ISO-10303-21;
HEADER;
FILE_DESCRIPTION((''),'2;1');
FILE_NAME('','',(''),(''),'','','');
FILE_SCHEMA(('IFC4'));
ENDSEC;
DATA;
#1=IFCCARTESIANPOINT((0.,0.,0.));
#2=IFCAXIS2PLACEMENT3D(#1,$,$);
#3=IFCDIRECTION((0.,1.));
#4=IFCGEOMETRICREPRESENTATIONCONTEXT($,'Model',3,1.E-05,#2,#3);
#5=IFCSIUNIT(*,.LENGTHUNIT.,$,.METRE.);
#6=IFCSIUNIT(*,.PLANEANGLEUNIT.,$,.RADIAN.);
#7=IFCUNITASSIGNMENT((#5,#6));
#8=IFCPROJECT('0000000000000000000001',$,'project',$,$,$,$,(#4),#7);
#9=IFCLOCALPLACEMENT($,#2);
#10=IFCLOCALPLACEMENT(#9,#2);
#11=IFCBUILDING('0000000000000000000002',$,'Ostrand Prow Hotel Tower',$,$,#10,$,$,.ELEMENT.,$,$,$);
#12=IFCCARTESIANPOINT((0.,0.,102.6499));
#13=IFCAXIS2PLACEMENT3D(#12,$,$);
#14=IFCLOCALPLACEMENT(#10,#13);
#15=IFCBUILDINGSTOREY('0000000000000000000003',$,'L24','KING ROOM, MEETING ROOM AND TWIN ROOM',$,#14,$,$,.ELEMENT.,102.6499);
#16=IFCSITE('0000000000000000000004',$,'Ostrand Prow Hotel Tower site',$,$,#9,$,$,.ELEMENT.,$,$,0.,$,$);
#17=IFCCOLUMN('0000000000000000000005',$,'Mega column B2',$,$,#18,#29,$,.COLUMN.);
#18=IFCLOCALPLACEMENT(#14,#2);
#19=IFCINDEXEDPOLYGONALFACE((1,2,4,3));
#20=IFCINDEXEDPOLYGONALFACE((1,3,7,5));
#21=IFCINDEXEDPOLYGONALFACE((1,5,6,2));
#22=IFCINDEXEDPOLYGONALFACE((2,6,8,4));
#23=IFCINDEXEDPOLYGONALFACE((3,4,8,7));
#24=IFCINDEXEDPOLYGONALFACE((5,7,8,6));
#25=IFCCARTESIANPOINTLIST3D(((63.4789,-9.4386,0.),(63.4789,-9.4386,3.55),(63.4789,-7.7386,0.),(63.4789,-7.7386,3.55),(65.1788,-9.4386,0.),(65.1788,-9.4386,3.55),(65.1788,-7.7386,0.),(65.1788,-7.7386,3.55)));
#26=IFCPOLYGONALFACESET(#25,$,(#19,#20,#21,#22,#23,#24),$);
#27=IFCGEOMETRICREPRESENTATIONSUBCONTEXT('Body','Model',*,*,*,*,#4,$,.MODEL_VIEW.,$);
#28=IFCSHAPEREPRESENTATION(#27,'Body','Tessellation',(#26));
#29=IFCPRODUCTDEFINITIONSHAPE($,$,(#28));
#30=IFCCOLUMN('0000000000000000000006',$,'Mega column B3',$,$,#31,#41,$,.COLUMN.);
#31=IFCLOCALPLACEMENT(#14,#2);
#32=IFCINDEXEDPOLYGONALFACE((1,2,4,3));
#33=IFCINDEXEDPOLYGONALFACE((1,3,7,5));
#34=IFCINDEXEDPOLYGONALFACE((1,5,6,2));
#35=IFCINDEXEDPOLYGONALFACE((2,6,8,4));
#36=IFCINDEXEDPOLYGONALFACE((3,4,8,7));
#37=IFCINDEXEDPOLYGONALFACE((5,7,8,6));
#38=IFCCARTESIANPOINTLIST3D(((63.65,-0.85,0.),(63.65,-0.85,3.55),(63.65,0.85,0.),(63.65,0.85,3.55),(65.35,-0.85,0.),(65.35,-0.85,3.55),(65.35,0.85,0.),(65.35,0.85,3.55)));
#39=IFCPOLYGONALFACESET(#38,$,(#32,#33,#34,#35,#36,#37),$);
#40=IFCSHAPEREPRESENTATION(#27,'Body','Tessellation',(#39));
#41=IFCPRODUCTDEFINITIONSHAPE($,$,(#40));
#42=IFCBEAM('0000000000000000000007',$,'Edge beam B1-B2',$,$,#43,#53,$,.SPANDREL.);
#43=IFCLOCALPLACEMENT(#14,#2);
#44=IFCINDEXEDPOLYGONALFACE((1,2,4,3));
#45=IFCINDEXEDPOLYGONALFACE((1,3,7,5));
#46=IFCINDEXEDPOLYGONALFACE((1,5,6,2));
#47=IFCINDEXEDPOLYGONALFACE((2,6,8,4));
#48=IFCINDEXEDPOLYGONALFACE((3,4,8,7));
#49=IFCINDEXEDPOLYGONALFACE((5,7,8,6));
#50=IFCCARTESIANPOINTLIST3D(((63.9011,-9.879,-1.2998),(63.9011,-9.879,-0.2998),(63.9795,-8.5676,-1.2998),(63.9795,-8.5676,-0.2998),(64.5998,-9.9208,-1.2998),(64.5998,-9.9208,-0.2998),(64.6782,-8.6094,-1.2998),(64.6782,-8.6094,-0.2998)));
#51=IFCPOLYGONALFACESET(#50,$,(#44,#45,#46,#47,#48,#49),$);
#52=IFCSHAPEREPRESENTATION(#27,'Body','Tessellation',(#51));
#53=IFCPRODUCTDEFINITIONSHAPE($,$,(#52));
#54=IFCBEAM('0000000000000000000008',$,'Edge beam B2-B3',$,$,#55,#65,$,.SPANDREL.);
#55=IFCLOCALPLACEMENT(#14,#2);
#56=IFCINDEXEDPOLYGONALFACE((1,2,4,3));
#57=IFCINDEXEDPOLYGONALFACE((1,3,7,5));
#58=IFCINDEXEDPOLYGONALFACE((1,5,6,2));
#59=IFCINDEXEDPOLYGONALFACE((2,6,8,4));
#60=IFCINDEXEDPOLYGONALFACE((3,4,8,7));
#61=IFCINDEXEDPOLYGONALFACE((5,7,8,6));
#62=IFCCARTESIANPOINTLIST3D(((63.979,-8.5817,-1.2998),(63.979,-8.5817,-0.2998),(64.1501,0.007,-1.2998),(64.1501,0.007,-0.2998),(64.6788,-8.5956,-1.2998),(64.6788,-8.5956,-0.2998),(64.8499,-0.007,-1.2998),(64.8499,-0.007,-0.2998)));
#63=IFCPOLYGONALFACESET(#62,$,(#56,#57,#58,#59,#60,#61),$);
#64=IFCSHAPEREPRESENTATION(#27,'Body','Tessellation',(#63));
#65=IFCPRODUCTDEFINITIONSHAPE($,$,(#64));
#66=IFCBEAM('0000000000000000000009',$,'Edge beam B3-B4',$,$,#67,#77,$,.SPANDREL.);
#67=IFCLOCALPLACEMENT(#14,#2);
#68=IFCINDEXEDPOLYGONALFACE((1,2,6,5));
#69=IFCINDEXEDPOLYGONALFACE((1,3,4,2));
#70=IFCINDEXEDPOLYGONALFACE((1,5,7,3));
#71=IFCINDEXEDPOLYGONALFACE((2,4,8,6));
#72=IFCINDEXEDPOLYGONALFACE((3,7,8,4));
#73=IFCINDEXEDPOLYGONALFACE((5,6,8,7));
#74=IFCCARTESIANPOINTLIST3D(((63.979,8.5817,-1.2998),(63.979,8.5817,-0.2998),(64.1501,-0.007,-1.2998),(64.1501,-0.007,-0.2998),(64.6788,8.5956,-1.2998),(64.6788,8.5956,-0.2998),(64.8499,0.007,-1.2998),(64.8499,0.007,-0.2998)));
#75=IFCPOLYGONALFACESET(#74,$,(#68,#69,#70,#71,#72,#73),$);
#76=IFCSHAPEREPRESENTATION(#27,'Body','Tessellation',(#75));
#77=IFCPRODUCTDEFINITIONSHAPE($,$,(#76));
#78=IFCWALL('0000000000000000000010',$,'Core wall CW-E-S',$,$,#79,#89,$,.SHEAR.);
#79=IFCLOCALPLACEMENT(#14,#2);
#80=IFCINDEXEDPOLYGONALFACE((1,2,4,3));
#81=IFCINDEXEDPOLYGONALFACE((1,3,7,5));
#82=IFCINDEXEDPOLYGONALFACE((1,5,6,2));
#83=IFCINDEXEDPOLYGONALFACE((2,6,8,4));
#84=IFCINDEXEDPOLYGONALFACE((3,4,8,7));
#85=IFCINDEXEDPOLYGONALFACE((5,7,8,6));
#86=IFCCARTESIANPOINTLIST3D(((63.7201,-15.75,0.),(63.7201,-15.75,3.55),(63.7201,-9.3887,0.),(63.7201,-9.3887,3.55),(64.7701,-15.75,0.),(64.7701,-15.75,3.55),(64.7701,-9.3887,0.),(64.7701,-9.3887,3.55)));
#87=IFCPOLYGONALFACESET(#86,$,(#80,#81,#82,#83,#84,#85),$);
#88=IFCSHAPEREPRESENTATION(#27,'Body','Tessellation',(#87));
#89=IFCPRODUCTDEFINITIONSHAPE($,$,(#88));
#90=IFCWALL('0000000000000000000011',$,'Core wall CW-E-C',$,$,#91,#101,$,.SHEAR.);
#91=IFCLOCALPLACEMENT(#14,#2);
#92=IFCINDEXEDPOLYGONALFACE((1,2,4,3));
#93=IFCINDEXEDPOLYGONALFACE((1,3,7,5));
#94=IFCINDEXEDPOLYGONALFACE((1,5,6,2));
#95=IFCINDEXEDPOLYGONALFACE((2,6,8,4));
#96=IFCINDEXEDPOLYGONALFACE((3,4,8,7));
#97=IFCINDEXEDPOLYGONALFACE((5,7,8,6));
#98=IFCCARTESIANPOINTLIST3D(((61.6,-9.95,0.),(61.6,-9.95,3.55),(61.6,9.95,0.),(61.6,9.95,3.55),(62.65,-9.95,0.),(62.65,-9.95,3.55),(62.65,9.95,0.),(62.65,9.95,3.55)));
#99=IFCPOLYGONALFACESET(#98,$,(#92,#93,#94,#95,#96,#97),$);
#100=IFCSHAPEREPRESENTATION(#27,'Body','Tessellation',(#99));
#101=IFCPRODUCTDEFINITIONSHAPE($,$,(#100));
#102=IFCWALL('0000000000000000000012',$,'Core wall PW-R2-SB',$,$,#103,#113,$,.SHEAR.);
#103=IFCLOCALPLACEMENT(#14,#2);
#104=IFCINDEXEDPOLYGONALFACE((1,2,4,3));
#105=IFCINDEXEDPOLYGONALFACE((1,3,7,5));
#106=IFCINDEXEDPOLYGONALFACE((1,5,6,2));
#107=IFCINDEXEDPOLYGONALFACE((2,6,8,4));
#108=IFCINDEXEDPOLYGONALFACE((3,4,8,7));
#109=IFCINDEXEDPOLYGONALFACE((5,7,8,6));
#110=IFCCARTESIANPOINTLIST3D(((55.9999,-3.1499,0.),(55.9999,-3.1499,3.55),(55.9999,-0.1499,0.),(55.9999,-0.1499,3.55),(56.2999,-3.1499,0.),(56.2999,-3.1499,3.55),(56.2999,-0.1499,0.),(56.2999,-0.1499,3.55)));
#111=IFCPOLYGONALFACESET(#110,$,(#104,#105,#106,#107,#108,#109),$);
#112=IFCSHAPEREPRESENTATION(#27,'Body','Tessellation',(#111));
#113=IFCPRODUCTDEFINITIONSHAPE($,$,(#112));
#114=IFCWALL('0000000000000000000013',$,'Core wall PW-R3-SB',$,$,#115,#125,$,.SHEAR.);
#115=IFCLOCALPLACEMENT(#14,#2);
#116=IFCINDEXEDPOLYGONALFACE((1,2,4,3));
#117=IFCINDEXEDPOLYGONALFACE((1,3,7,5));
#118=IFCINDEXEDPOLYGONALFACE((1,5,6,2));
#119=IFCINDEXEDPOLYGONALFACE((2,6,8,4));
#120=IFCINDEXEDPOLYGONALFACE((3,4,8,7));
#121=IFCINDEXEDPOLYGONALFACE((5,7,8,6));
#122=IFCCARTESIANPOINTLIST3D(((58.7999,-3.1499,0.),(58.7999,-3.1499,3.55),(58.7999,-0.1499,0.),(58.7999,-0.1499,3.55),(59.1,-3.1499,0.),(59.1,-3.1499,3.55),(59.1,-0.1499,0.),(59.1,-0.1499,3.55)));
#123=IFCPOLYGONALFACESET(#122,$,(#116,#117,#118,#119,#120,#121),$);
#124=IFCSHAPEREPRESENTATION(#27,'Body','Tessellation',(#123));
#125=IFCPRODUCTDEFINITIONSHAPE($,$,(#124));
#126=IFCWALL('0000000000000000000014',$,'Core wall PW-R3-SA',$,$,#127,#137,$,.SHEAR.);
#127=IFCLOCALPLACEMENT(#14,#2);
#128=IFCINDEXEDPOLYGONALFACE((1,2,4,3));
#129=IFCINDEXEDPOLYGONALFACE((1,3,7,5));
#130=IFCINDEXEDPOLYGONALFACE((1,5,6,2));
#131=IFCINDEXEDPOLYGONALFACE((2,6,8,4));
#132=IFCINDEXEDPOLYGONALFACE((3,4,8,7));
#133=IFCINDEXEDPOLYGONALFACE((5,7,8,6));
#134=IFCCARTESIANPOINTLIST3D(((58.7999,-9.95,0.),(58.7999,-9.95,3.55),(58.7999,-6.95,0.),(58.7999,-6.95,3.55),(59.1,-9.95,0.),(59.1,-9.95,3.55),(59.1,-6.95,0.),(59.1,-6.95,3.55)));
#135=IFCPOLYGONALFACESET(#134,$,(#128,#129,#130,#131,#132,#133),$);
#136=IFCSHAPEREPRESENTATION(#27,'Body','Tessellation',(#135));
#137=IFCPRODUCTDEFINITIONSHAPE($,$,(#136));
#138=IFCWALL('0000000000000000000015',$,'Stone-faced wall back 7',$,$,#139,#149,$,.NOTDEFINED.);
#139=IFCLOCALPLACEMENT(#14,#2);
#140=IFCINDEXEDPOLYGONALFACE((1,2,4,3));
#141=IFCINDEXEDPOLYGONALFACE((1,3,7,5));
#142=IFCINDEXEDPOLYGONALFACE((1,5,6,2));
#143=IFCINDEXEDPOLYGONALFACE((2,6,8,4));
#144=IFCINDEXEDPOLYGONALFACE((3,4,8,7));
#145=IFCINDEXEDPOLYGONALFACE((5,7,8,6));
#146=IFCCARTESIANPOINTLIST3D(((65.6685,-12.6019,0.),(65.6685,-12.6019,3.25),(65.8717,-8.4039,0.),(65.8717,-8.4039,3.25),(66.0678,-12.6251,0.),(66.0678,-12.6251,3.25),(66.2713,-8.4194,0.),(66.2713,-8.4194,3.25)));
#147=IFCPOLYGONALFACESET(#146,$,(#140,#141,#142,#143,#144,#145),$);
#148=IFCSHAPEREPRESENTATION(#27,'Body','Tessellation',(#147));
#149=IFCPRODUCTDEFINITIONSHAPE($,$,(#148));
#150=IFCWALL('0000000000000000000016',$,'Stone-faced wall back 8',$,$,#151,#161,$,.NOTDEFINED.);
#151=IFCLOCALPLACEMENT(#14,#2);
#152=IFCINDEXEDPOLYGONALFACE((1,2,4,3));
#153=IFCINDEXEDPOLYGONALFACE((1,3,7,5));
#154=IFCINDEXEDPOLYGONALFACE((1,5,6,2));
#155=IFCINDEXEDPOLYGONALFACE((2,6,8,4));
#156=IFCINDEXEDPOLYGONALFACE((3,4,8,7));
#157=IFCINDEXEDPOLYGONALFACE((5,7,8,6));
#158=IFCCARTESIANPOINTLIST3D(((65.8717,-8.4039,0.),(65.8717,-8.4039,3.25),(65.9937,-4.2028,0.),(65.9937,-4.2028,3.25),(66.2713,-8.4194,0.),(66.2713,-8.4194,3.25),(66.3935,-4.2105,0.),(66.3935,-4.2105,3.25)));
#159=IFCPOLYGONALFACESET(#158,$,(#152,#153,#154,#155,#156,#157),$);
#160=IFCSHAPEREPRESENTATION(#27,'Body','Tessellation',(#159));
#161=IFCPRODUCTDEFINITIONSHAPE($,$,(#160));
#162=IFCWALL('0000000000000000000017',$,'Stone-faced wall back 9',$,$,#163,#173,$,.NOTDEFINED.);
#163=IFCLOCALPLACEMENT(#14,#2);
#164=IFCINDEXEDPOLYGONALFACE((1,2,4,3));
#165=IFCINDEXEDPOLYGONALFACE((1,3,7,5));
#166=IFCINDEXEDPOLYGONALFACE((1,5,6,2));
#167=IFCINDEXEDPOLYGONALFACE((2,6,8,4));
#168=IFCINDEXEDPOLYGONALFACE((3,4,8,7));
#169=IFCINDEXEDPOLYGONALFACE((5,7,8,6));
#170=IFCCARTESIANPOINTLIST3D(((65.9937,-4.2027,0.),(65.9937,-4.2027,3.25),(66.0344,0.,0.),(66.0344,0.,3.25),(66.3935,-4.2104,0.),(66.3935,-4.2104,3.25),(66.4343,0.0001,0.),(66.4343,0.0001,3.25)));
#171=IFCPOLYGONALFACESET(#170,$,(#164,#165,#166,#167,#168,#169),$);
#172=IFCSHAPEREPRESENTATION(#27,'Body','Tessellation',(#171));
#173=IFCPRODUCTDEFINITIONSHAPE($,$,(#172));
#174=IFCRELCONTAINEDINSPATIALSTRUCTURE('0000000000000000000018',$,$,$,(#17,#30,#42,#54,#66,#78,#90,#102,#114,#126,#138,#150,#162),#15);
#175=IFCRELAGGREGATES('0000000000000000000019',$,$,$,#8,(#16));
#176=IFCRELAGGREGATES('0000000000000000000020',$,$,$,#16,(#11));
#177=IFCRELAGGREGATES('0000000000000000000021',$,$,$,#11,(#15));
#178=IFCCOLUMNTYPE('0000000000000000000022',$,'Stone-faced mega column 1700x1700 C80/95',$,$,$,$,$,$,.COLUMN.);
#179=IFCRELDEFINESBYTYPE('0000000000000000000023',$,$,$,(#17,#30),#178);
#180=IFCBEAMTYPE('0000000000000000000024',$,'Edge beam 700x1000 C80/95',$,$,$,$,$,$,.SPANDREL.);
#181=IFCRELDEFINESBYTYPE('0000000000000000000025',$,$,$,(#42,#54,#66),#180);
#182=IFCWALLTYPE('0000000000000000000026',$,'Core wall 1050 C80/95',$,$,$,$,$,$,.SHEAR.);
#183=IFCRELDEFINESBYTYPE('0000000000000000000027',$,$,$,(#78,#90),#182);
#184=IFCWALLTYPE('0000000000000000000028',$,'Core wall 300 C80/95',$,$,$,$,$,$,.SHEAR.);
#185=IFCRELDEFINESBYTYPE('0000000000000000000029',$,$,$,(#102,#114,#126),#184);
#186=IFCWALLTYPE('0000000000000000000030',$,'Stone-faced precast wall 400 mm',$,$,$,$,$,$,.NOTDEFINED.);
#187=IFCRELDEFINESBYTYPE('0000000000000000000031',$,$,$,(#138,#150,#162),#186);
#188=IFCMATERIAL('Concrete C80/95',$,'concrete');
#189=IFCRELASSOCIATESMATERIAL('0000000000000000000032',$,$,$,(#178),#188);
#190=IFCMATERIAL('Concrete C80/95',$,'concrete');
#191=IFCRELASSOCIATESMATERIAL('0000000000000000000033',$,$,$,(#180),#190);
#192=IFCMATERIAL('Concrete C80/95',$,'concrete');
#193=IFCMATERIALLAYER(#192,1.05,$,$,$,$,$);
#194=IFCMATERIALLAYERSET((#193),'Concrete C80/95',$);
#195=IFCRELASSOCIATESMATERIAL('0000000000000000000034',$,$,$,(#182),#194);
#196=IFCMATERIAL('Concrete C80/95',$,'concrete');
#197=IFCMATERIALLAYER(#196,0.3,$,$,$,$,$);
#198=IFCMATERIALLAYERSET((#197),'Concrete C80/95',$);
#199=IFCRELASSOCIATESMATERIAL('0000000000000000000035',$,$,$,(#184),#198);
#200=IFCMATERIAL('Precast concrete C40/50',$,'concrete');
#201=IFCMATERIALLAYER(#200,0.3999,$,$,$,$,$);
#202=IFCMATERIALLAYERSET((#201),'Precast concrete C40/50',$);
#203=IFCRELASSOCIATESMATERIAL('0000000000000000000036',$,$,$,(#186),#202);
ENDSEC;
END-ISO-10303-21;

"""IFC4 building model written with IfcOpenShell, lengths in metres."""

from ifc_helpers import new_model, si_unit, direction, frame, frame_2d, origin, origin_2d, place, context, subcontext, project, spatial, polyline, rectangle, outline, extrude, material, layer, layer_set, material_profile, profile_set, type_object, element, save


model = new_model("IFC4")

# Units and contexts
model_context = context("Model", 3, precision=1e-05, world=origin(), true_north=direction((0.0, 1.0)))
body_context = subcontext(model_context, "Body", "Model", "MODEL_VIEW")
ifc_project = project(units=[si_unit("LENGTHUNIT", "METRE"), si_unit("PLANEANGLEUNIT", "RADIAN")], contexts=[model_context])

# Site, building, storey
site_placement = place(None, origin())
site = spatial("IfcSite", under=ifc_project, at=site_placement, Name="Ostrand Prow Hotel Tower site", CompositionType="ELEMENT", RefElevation=0.0)
building_placement = place(site_placement, origin())
building = spatial("IfcBuilding", under=site, at=building_placement, Name="Ostrand Prow Hotel Tower", CompositionType="ELEMENT")
storey_placement = place(building_placement, frame((0.0, 0.0, 102.6499)))
storey = spatial("IfcBuildingStorey", under=building, at=storey_placement, Name="L24", Description="KING ROOM, MEETING ROOM AND TWIN ROOM", CompositionType="ELEMENT", Elevation=102.6499)

# Columns
ifc_material_1 = material(Name="Concrete C80/95", Category="concrete")
ifc_material_profile_1 = material_profile(ifc_material_1, rectangle(XDim=1.7, YDim=1.7, at=origin_2d()), Name="RC 1700x1700")
ifc_profile_set_1 = profile_set([ifc_material_profile_1], Name="Concrete C80/95")
column_type = type_object("IfcColumnType", Name="Stone-faced mega column 1700x1700 C80/95", PredefinedType="COLUMN", material=ifc_profile_set_1)
for number, where, z_axis, x_axis, name in (
    (1, (64.3289, -8.5886, 0.0), (0.0, 0.0, 1.0), (1.0, 0.0, 0.0), "Mega column B2"),
    (2, (64.5, 0.0, 0.0), (0.0, 0.0, 1.0), (1.0, 0.0, 0.0), "Mega column B3"),
):
    element("IfcColumn", number, at=place(storey_placement, frame(where, z_axis=z_axis, x_axis=x_axis)), inside=storey, type_object=column_type, Name=name, PredefinedType="COLUMN", context=body_context, shape_type="SweptSolid", body=[
        extrude(rectangle(XDim=1.7, YDim=1.7, at=origin_2d()), origin(), (0.0, 0.0, 1.0), 3.55),
    ])

# Beams
ifc_material_2 = material(Name="Concrete C80/95", Category="concrete")
ifc_material_profile_2 = material_profile(ifc_material_2, rectangle(XDim=0.7, YDim=1.0, at=origin_2d()), Name="RC 700x1000")
ifc_profile_set_2 = profile_set([ifc_material_profile_2], Name="Concrete C80/95")
beam_type = type_object("IfcBeamType", Name="Edge beam 700x1000 C80/95", PredefinedType="SPANDREL", material=ifc_profile_set_2)
beam_placement = place(storey_placement, frame((64.2505, -9.8999, -0.7998), z_axis=(0.059659, 0.998219, 0.0), x_axis=(-0.998219, 0.059659, 0.0)))
element("IfcBeam", 3, at=beam_placement, inside=storey, type_object=beam_type, Name="Edge beam B1-B2", PredefinedType="SPANDREL", context=body_context, shape_type="SweptSolid", body=[
    extrude(rectangle(XDim=0.7, YDim=1.0, at=origin_2d()), origin(), (0.0, 0.0, 1.0), 1.3137),
])
for number, where, z_axis, x_axis, name in (
    (4, (64.3289, -8.5886, -0.7998), (0.019923, 0.999802, 0.0), (-0.999802, 0.019923, 0.0), "Edge beam B2-B3"),
    (5, (64.5, 0.0, -0.7998), (-0.019923, 0.999802, 0.0), (-0.999802, -0.019923, 0.0), "Edge beam B3-B4"),
):
    element("IfcBeam", number, at=place(storey_placement, frame(where, z_axis=z_axis, x_axis=x_axis)), inside=storey, type_object=beam_type, Name=name, PredefinedType="SPANDREL", context=body_context, shape_type="SweptSolid", body=[
        extrude(rectangle(XDim=0.7, YDim=1.0, at=origin_2d()), origin(), (0.0, 0.0, 1.0), 8.5903),
    ])

# Walls
ifc_material_3 = material(Name="Concrete C80/95", Category="concrete")
ifc_layer_1 = layer(ifc_material_3, 1.05)
ifc_layer_set_1 = layer_set([ifc_layer_1], Name="Concrete C80/95")
wall_type_1 = type_object("IfcWallType", Name="Core wall 1050 C80/95", PredefinedType="SHEAR", material=ifc_layer_set_1)
wall_1_placement = place(storey_placement, frame((64.2451, -15.75, 0.0), z_axis=(0.0, 0.0, 1.0), x_axis=(0.0, 1.0, 0.0)))
element("IfcWall", 6, at=wall_1_placement, inside=storey, type_object=wall_type_1, Name="Core wall CW-E-S", PredefinedType="SHEAR", context=body_context, shape_type="SweptSolid", body=[
    extrude(rectangle(XDim=6.3613, YDim=1.05, at=frame_2d((3.1807, 0.0))), origin(), (0.0, 0.0, 1.0), 3.55),
])
wall_2_placement = place(storey_placement, frame((62.125, -9.95, 0.0), z_axis=(0.0, 0.0, 1.0), x_axis=(0.0, 1.0, 0.0)))
element("IfcWall", 7, at=wall_2_placement, inside=storey, type_object=wall_type_1, Name="Core wall CW-E-C", PredefinedType="SHEAR", context=body_context, shape_type="SweptSolid", body=[
    extrude(rectangle(XDim=19.8999, YDim=1.05, at=frame_2d((9.95, 0.0))), origin(), (0.0, 0.0, 1.0), 3.55),
])
ifc_material_4 = material(Name="Concrete C80/95", Category="concrete")
ifc_layer_2 = layer(ifc_material_4, 0.3)
ifc_layer_set_2 = layer_set([ifc_layer_2], Name="Concrete C80/95")
wall_type_2 = type_object("IfcWallType", Name="Core wall 300 C80/95", PredefinedType="SHEAR", material=ifc_layer_set_2)
for number, where, z_axis, x_axis, name in (
    (8, (56.1499, -3.1499, 0.0), (0.0, 0.0, 1.0), (0.0, 1.0, 0.0), "Core wall PW-R2-SB"),
    (9, (58.95, -3.1499, 0.0), (0.0, 0.0, 1.0), (0.0, 1.0, 0.0), "Core wall PW-R3-SB"),
    (10, (58.95, -9.95, 0.0), (0.0, 0.0, 1.0), (0.0, 1.0, 0.0), "Core wall PW-R3-SA"),
):
    element("IfcWall", number, at=place(storey_placement, frame(where, z_axis=z_axis, x_axis=x_axis)), inside=storey, type_object=wall_type_2, Name=name, PredefinedType="SHEAR", context=body_context, shape_type="SweptSolid", body=[
        extrude(rectangle(XDim=3.0, YDim=0.3, at=frame_2d((1.5, 0.0))), origin(), (0.0, 0.0, 1.0), 3.55),
    ])
ifc_material_5 = material(Name="Precast concrete C40/50", Category="concrete")
ifc_layer_3 = layer(ifc_material_5, 0.3999)
ifc_layer_set_3 = layer_set([ifc_layer_3], Name="Precast concrete C40/50")
wall_type_3 = type_object("IfcWallType", Name="Stone-faced precast wall 400 mm", PredefinedType="NOTDEFINED", material=ifc_layer_set_3)
for number, where, z_axis, x_axis, name in (
    (11, (65.8682, -12.6135, 0.0), (0.0, 0.0, 1.0), (0.048343, 0.998831, 0.0), "Stone-faced wall back 7"),
    (12, (66.0715, -8.4116, 0.0), (0.0, 0.0, 1.0), (0.029017, 0.999579, 0.0), "Stone-faced wall back 8"),
    (13, (66.1936, -4.2065, 0.0), (0.0, 0.0, 1.0), (0.009692, 0.999953, 0.0), "Stone-faced wall back 9"),
):
    element("IfcWall", number, at=place(storey_placement, frame(where, z_axis=z_axis, x_axis=x_axis)), inside=storey, type_object=wall_type_3, Name=name, PredefinedType="NOTDEFINED", context=body_context, shape_type="SweptSolid", body=[
        extrude(outline(polyline([(-0.002, -0.2), (4.2087, -0.2), (4.2048, 0.2), (0.002, 0.2), (-0.002, -0.2)])), origin(), (0.0, 0.0, 1.0), 3.25),
    ])

save(model, "model.ifc")
